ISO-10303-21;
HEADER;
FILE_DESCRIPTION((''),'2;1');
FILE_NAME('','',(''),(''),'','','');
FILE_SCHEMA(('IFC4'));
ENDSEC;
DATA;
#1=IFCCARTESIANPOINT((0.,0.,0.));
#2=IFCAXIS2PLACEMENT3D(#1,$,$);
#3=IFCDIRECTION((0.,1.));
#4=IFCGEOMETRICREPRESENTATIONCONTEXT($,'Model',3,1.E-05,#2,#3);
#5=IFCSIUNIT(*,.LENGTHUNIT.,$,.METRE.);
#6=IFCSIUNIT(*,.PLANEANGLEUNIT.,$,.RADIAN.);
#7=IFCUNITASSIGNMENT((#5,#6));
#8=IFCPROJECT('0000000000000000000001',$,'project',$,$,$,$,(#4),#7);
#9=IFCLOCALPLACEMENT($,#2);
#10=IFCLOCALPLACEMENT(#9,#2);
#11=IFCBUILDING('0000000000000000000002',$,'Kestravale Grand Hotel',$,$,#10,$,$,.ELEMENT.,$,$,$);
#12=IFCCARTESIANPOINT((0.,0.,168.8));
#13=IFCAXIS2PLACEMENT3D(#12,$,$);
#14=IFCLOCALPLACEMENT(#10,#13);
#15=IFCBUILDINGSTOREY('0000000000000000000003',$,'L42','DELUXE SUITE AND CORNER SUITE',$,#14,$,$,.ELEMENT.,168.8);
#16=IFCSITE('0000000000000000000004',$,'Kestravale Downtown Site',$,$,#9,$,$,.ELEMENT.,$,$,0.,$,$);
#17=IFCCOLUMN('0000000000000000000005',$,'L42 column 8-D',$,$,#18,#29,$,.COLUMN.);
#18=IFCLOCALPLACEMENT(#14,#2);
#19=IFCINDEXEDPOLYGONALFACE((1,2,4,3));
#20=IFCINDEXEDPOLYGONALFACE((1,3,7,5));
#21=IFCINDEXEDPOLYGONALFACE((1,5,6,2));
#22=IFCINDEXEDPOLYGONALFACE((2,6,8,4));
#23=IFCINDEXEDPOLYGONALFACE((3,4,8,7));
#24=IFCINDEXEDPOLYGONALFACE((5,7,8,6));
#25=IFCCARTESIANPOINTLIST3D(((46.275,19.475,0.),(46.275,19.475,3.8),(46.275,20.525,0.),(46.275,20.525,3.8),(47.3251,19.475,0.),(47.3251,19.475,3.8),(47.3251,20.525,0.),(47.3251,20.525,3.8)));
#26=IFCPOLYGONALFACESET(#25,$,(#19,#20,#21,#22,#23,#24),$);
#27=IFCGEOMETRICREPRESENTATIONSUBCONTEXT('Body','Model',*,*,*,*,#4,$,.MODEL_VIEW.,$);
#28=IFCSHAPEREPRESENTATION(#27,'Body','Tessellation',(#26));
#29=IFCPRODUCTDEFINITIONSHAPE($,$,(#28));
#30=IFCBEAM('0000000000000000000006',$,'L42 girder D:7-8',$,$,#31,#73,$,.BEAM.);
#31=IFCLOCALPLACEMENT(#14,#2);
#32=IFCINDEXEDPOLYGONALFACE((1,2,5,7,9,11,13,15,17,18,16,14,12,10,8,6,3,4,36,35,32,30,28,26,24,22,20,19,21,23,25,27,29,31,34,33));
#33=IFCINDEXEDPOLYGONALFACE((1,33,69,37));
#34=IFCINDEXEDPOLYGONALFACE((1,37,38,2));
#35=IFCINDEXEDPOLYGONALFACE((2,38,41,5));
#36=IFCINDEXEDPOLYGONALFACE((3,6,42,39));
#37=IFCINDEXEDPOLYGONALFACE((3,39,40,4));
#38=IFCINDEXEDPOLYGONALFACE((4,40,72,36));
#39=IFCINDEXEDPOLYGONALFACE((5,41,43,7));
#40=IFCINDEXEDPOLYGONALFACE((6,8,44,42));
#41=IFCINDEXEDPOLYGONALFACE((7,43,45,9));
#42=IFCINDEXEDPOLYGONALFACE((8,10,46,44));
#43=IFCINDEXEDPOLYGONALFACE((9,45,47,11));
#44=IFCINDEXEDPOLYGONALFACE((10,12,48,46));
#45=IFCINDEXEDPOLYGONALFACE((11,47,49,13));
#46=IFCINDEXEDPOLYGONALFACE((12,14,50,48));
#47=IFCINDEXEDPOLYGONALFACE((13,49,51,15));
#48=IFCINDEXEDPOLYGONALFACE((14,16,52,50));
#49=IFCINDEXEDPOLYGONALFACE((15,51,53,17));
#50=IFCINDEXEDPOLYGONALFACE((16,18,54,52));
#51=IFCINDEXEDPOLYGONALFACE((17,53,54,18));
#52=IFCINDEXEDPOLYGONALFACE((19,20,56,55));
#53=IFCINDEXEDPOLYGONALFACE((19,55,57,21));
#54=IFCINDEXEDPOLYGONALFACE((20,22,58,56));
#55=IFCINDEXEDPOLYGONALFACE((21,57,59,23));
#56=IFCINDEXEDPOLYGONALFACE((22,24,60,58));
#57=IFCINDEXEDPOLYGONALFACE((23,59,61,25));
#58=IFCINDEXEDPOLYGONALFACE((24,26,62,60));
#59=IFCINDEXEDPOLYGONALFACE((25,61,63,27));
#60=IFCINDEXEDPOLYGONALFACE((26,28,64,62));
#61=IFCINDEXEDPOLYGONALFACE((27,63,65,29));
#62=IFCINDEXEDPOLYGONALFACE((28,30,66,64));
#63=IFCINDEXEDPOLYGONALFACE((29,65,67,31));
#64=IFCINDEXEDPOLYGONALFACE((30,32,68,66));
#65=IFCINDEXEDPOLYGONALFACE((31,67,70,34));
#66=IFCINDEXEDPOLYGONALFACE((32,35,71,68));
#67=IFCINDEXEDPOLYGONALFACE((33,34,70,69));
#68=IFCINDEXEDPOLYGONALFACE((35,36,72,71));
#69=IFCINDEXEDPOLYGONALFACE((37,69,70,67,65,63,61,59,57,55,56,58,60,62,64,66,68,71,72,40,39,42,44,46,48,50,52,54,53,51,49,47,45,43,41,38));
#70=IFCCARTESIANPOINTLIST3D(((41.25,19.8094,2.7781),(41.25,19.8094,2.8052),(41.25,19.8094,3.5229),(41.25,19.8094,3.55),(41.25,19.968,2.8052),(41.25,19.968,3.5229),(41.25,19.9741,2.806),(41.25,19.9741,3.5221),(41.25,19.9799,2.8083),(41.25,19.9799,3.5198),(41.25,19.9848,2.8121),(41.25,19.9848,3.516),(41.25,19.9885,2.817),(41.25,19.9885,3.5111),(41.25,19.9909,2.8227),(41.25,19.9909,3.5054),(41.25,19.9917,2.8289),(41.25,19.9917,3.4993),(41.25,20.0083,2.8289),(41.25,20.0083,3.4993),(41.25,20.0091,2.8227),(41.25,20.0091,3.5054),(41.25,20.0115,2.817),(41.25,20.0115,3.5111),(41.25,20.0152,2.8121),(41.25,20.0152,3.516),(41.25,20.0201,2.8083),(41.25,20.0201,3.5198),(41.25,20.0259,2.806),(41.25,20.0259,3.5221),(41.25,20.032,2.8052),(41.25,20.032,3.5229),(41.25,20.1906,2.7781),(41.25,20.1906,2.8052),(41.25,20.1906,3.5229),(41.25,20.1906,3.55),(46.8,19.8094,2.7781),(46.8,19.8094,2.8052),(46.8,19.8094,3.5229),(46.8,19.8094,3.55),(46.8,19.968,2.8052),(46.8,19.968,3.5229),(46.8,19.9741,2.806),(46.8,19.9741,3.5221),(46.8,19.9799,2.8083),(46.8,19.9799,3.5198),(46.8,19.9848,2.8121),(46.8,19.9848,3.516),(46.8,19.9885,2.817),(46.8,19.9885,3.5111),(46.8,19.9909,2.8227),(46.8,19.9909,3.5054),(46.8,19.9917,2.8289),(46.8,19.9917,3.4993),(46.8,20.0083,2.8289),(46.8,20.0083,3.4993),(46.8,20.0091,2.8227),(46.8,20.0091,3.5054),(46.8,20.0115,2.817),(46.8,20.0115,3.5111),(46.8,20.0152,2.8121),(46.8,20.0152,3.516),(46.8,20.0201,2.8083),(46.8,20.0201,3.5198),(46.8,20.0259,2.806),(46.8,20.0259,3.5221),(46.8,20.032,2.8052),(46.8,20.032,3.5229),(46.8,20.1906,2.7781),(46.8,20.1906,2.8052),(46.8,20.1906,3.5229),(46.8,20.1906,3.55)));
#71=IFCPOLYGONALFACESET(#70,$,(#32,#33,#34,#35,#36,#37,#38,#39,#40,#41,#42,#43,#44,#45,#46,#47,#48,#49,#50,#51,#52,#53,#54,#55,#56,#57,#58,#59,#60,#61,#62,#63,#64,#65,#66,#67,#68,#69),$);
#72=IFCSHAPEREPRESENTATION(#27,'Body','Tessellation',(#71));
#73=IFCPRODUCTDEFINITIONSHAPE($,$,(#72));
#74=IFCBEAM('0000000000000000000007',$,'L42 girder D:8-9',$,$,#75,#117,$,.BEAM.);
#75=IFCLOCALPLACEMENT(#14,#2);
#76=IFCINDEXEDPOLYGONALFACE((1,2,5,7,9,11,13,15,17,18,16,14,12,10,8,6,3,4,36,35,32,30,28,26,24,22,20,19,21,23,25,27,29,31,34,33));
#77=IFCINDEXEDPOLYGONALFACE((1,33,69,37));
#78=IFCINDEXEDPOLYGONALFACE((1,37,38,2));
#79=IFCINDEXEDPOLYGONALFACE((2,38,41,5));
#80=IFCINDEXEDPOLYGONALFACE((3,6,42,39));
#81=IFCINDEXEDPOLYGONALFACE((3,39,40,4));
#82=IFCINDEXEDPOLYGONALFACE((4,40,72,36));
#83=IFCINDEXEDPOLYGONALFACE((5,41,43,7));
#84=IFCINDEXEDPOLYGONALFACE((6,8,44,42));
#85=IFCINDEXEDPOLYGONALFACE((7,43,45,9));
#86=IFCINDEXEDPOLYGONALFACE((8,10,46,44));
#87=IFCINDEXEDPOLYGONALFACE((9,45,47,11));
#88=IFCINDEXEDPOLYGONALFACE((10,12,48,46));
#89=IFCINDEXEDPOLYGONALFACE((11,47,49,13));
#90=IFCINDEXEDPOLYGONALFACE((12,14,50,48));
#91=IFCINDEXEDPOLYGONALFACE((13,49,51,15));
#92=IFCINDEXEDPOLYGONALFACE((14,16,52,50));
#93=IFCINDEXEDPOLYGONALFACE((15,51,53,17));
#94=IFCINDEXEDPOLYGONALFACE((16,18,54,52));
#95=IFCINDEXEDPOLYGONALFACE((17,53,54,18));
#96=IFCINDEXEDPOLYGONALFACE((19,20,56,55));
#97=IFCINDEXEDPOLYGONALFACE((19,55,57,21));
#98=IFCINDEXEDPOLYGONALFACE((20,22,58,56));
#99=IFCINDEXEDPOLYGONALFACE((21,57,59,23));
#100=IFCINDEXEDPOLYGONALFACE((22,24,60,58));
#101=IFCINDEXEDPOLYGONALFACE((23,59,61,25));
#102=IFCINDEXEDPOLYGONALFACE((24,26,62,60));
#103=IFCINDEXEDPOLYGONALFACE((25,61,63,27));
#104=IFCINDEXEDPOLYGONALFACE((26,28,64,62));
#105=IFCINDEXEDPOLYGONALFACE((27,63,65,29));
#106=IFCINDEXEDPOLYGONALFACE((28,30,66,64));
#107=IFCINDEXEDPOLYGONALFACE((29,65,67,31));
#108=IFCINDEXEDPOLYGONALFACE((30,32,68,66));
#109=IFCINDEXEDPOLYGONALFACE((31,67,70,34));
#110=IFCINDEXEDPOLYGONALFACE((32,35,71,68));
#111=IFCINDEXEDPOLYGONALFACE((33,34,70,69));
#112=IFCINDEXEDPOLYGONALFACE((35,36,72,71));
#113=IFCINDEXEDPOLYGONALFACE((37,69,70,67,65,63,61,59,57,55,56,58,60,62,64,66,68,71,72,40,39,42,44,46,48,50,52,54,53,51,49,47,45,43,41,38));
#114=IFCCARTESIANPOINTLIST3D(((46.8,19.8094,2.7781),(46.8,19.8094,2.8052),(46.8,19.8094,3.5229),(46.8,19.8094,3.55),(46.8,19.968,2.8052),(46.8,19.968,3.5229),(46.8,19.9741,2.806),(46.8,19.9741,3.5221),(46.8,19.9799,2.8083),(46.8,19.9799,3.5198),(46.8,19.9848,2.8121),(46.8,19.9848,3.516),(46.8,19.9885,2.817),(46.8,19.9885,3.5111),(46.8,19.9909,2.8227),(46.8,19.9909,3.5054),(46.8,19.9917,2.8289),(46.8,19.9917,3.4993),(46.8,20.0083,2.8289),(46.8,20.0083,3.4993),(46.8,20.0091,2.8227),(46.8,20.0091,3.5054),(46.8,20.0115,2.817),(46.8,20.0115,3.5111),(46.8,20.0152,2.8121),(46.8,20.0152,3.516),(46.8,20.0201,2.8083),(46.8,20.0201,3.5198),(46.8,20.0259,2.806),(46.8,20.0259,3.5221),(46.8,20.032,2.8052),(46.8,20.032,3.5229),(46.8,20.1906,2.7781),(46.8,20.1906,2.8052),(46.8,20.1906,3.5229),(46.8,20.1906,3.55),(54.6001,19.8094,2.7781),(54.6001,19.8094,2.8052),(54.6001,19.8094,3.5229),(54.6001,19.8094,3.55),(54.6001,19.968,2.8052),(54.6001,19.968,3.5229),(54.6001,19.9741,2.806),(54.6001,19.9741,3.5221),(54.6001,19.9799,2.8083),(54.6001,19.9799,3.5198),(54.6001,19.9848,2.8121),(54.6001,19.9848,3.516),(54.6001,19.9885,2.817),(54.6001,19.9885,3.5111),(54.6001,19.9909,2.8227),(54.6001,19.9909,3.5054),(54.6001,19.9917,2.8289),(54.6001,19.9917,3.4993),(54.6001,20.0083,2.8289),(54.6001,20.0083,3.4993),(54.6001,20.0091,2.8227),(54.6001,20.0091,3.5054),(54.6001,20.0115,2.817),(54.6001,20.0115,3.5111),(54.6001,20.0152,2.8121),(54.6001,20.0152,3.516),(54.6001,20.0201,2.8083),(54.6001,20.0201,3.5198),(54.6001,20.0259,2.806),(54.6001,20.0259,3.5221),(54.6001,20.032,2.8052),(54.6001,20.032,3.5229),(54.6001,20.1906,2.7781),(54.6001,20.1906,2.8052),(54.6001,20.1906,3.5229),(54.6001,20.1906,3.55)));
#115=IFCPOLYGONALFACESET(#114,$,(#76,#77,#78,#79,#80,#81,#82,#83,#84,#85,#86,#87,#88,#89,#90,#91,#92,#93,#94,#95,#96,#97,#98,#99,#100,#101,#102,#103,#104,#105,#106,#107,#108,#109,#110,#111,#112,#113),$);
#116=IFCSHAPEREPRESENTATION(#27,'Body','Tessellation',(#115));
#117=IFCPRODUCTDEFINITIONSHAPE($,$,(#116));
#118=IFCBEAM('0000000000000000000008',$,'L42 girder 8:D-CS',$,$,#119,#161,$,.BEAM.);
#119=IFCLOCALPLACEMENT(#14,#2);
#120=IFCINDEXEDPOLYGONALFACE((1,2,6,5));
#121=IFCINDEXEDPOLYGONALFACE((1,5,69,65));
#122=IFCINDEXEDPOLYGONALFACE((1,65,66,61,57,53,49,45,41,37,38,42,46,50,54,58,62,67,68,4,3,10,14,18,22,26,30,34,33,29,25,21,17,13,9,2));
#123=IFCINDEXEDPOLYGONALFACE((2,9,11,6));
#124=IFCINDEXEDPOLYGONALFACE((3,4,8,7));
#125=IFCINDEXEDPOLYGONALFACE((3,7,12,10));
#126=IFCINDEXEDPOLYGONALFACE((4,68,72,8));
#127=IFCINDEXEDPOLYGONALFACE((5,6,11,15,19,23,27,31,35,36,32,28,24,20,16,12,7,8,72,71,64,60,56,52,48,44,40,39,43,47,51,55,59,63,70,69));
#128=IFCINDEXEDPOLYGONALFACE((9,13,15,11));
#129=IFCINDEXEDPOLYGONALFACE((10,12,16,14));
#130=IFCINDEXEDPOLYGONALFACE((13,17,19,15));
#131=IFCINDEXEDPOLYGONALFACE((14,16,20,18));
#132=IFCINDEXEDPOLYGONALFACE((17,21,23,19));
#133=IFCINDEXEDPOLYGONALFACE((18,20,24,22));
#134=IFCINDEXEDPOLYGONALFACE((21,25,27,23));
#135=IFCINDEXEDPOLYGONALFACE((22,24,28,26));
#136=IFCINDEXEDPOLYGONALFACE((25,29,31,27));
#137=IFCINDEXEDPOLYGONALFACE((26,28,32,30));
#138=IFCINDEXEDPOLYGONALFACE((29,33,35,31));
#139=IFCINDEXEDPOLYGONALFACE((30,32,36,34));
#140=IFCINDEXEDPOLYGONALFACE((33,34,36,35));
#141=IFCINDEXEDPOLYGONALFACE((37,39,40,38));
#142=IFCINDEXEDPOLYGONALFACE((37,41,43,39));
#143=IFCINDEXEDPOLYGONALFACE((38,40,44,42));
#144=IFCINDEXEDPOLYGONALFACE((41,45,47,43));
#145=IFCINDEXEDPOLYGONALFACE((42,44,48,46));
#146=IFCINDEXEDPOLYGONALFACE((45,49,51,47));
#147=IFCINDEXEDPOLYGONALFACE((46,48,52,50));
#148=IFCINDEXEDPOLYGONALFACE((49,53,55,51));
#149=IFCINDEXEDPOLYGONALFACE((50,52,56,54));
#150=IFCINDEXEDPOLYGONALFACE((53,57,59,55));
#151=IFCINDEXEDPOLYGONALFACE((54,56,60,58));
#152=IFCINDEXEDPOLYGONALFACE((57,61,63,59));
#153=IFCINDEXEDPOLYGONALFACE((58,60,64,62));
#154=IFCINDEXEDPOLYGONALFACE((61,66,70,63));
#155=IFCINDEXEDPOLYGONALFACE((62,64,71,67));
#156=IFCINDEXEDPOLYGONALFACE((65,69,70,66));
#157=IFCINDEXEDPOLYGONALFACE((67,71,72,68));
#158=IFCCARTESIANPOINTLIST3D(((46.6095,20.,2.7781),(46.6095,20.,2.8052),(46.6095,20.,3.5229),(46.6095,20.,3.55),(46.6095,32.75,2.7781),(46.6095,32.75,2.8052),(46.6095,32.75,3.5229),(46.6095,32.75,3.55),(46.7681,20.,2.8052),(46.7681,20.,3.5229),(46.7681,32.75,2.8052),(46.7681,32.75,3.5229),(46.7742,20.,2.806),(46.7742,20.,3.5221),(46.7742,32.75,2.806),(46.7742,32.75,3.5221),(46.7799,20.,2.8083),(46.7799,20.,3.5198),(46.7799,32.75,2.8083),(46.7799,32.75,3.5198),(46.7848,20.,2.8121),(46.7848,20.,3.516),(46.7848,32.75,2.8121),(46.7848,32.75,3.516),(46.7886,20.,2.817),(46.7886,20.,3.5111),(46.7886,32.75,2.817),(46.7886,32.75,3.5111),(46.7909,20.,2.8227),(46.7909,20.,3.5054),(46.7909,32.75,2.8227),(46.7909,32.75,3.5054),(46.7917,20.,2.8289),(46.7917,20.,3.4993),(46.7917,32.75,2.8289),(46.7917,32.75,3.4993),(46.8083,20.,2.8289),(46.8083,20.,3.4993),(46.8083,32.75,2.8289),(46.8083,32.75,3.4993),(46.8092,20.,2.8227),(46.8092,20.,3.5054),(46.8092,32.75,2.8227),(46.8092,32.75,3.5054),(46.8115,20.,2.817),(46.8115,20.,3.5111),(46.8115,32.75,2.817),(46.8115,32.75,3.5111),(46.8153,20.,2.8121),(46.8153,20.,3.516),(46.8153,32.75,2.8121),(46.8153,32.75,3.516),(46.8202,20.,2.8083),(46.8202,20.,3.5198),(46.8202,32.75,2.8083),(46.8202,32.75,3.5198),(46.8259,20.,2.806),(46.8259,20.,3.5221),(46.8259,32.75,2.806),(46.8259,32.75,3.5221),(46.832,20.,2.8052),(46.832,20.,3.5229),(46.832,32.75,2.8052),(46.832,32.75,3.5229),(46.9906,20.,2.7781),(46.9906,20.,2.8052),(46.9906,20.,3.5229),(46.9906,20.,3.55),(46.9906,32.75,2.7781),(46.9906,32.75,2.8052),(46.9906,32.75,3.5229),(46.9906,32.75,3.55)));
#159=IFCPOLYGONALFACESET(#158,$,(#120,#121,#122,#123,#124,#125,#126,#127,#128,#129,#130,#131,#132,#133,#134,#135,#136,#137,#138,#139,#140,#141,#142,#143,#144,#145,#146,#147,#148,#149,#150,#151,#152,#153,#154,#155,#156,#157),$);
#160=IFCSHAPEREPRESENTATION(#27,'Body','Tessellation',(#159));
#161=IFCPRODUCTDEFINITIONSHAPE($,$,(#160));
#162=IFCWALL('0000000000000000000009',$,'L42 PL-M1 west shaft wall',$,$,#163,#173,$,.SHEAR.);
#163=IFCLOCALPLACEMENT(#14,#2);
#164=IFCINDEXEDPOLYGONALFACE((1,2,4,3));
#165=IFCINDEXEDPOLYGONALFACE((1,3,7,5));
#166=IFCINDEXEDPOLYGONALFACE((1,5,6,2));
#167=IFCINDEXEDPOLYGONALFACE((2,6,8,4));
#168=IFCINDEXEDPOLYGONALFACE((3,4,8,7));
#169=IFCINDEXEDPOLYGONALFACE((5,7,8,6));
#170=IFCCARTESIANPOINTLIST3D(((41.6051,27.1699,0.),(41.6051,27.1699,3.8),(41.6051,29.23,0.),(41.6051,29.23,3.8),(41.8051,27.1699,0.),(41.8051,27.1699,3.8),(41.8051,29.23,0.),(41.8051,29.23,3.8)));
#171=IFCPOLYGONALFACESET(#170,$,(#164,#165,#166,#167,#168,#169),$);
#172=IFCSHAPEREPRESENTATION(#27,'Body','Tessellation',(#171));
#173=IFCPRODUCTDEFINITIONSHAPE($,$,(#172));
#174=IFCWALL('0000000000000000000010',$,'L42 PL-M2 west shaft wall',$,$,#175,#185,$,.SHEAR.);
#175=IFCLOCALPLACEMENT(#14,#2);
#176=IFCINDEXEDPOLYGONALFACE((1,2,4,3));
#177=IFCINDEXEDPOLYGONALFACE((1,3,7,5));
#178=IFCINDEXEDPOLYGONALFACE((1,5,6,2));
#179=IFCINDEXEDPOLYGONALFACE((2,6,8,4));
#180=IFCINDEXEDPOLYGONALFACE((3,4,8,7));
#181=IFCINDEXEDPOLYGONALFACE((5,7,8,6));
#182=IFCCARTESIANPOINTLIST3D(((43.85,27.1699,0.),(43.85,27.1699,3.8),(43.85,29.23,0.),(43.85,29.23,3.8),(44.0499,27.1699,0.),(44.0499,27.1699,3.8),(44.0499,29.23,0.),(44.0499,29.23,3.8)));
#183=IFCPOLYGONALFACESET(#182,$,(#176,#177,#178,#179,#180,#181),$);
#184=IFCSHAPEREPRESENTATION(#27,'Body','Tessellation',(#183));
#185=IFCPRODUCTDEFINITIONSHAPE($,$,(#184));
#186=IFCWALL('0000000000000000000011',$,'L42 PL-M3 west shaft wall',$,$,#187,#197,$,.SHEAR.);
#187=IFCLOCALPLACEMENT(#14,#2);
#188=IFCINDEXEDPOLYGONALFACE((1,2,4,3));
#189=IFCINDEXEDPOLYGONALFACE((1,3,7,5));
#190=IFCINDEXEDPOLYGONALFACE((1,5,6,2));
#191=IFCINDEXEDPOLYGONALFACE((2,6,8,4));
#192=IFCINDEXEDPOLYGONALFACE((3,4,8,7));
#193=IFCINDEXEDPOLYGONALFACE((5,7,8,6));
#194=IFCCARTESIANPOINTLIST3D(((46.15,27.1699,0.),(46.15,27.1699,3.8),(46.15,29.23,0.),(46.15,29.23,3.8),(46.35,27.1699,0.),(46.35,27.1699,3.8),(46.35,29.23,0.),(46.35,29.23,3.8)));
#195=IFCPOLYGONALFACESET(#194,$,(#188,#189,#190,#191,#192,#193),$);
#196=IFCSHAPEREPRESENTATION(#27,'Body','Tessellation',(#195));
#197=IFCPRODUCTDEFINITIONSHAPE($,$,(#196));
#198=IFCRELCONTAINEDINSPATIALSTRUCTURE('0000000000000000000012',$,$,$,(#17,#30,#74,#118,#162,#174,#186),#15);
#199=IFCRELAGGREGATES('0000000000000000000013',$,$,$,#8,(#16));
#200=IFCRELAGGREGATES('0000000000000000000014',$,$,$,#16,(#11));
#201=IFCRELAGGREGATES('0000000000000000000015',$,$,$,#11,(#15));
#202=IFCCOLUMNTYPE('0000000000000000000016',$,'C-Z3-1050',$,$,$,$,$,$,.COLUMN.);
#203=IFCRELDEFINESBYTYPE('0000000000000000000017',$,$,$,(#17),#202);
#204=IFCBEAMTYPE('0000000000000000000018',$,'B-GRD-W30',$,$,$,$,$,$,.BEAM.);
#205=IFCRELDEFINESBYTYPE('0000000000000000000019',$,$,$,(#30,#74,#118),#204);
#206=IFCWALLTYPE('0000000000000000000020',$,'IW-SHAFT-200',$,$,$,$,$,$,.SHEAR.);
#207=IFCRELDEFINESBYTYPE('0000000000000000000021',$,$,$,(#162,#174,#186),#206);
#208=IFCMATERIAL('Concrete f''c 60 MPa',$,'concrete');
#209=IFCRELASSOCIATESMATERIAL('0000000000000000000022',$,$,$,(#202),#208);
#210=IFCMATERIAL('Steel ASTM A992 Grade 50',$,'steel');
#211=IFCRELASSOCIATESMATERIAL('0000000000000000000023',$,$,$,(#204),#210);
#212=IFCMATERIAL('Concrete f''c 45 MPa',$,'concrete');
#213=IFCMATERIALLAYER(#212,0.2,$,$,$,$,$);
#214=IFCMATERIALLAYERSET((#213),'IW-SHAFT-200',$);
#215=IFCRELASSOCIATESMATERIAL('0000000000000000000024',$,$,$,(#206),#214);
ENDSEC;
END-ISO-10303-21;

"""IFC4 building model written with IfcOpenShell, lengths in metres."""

from ifc_helpers import new_model, si_unit, direction, frame, frame_2d, origin, origin_2d, place, context, subcontext, project, spatial, rectangle, i_section, extrude, material, layer, layer_set, material_profile, profile_set, type_object, element, save


model = new_model("IFC4")

# Units and contexts
model_context = context("Model", 3, precision=1e-05, world=origin(), true_north=direction((0.0, 1.0)))
body_context = subcontext(model_context, "Body", "Model", "MODEL_VIEW")
ifc_project = project(units=[si_unit("LENGTHUNIT", "METRE"), si_unit("PLANEANGLEUNIT", "RADIAN")], contexts=[model_context])

# Site, building, storey
site_placement = place(None, origin())
site = spatial("IfcSite", under=ifc_project, at=site_placement, Name="Kestravale Downtown Site", CompositionType="ELEMENT", RefElevation=0.0)
building_placement = place(site_placement, origin())
building = spatial("IfcBuilding", under=site, at=building_placement, Name="Kestravale Grand Hotel", CompositionType="ELEMENT")
storey_placement = place(building_placement, frame((0.0, 0.0, 168.8)))
storey = spatial("IfcBuildingStorey", under=building, at=storey_placement, Name="L42", Description="DELUXE SUITE AND CORNER SUITE", CompositionType="ELEMENT", Elevation=168.8)

# Column
ifc_material_1 = material(Name="Concrete f'c 60 MPa", Category="concrete")
ifc_material_profile_1 = material_profile(ifc_material_1, rectangle(XDim=1.05, YDim=1.05, at=origin_2d()))
ifc_profile_set_1 = profile_set([ifc_material_profile_1], Name="Concrete f'c 60 MPa")
column_type = type_object("IfcColumnType", Name="C-Z3-1050", PredefinedType="COLUMN", material=ifc_profile_set_1)
column_placement = place(storey_placement, frame((46.8, 20.0, 0.0), z_axis=(0.0, 0.0, 1.0), x_axis=(1.0, 0.0, 0.0)))
element("IfcColumn", 1, at=column_placement, inside=storey, type_object=column_type, Name="L42 column 8-D", PredefinedType="COLUMN", context=body_context, shape_type="SweptSolid", body=[
    extrude(rectangle(XDim=1.05, YDim=1.05, at=origin_2d()), origin(), (0.0, 0.0, 1.0), 3.8),
])

# Beams
ifc_material_2 = material(Name="Steel ASTM A992 Grade 50", Category="steel")
ifc_material_profile_2 = material_profile(ifc_material_2, i_section(OverallWidth=0.3811, OverallDepth=0.772, WebThickness=0.0166, FlangeThickness=0.0271, FilletRadius=0.0237, at=origin_2d()))
ifc_profile_set_2 = profile_set([ifc_material_profile_2], Name="Steel ASTM A992 Grade 50")
beam_type = type_object("IfcBeamType", Name="B-GRD-W30", PredefinedType="BEAM", material=ifc_profile_set_2)
beam_1_placement = place(storey_placement, frame((41.25, 20.0, 3.1641), z_axis=(1.0, 0.0, 0.0), x_axis=(0.0, 1.0, 0.0)))
element("IfcBeam", 2, at=beam_1_placement, inside=storey, type_object=beam_type, Name="L42 girder D:7-8", PredefinedType="BEAM", context=body_context, shape_type="SweptSolid", body=[
    extrude(i_section(OverallWidth=0.3811, OverallDepth=0.772, WebThickness=0.0166, FlangeThickness=0.0271, FilletRadius=0.0237, at=origin_2d()), origin(), (0.0, 0.0, 1.0), 5.55),
])
beam_2_placement = place(storey_placement, frame((46.8, 20.0, 3.1641), z_axis=(1.0, 0.0, 0.0), x_axis=(0.0, 1.0, 0.0)))
element("IfcBeam", 3, at=beam_2_placement, inside=storey, type_object=beam_type, Name="L42 girder D:8-9", PredefinedType="BEAM", context=body_context, shape_type="SweptSolid", body=[
    extrude(i_section(OverallWidth=0.3811, OverallDepth=0.772, WebThickness=0.0166, FlangeThickness=0.0271, FilletRadius=0.0237, at=origin_2d()), origin(), (0.0, 0.0, 1.0), 7.8),
])
beam_3_placement = place(storey_placement, frame((46.8, 20.0, 3.1641), z_axis=(0.0, 1.0, 0.0), x_axis=(-1.0, 0.0, 0.0)))
element("IfcBeam", 4, at=beam_3_placement, inside=storey, type_object=beam_type, Name="L42 girder 8:D-CS", PredefinedType="BEAM", context=body_context, shape_type="SweptSolid", body=[
    extrude(i_section(OverallWidth=0.3811, OverallDepth=0.772, WebThickness=0.0166, FlangeThickness=0.0271, FilletRadius=0.0237, at=origin_2d()), origin(), (0.0, 0.0, 1.0), 12.75),
])

# Walls
ifc_material_3 = material(Name="Concrete f'c 45 MPa", Category="concrete")
ifc_layer_1 = layer(ifc_material_3, 0.2)
ifc_layer_set_1 = layer_set([ifc_layer_1], Name="IW-SHAFT-200")
wall_type_1 = type_object("IfcWallType", Name="IW-SHAFT-200", PredefinedType="SHEAR", material=ifc_layer_set_1)
for number, where, z_axis, x_axis, name in (
    (5, (41.7051, 27.1699, 0.0), (0.0, 0.0, 1.0), (0.0, 1.0, 0.0), "L42 PL-M1 west shaft wall"),
    (6, (43.95, 27.1699, 0.0), (0.0, 0.0, 1.0), (0.0, 1.0, 0.0), "L42 PL-M2 west shaft wall"),
    (7, (46.25, 27.1699, 0.0), (0.0, 0.0, 1.0), (0.0, 1.0, 0.0), "L42 PL-M3 west shaft wall"),
):
    element("IfcWall", number, at=place(storey_placement, frame(where, z_axis=z_axis, x_axis=x_axis)), inside=storey, type_object=wall_type_1, Name=name, PredefinedType="SHEAR", context=body_context, shape_type="SweptSolid", body=[
        extrude(rectangle(XDim=2.0601, YDim=0.2, at=frame_2d((1.03, 0.0))), origin(), (0.0, 0.0, 1.0), 3.8),
    ])

save(model, "model.ifc")
